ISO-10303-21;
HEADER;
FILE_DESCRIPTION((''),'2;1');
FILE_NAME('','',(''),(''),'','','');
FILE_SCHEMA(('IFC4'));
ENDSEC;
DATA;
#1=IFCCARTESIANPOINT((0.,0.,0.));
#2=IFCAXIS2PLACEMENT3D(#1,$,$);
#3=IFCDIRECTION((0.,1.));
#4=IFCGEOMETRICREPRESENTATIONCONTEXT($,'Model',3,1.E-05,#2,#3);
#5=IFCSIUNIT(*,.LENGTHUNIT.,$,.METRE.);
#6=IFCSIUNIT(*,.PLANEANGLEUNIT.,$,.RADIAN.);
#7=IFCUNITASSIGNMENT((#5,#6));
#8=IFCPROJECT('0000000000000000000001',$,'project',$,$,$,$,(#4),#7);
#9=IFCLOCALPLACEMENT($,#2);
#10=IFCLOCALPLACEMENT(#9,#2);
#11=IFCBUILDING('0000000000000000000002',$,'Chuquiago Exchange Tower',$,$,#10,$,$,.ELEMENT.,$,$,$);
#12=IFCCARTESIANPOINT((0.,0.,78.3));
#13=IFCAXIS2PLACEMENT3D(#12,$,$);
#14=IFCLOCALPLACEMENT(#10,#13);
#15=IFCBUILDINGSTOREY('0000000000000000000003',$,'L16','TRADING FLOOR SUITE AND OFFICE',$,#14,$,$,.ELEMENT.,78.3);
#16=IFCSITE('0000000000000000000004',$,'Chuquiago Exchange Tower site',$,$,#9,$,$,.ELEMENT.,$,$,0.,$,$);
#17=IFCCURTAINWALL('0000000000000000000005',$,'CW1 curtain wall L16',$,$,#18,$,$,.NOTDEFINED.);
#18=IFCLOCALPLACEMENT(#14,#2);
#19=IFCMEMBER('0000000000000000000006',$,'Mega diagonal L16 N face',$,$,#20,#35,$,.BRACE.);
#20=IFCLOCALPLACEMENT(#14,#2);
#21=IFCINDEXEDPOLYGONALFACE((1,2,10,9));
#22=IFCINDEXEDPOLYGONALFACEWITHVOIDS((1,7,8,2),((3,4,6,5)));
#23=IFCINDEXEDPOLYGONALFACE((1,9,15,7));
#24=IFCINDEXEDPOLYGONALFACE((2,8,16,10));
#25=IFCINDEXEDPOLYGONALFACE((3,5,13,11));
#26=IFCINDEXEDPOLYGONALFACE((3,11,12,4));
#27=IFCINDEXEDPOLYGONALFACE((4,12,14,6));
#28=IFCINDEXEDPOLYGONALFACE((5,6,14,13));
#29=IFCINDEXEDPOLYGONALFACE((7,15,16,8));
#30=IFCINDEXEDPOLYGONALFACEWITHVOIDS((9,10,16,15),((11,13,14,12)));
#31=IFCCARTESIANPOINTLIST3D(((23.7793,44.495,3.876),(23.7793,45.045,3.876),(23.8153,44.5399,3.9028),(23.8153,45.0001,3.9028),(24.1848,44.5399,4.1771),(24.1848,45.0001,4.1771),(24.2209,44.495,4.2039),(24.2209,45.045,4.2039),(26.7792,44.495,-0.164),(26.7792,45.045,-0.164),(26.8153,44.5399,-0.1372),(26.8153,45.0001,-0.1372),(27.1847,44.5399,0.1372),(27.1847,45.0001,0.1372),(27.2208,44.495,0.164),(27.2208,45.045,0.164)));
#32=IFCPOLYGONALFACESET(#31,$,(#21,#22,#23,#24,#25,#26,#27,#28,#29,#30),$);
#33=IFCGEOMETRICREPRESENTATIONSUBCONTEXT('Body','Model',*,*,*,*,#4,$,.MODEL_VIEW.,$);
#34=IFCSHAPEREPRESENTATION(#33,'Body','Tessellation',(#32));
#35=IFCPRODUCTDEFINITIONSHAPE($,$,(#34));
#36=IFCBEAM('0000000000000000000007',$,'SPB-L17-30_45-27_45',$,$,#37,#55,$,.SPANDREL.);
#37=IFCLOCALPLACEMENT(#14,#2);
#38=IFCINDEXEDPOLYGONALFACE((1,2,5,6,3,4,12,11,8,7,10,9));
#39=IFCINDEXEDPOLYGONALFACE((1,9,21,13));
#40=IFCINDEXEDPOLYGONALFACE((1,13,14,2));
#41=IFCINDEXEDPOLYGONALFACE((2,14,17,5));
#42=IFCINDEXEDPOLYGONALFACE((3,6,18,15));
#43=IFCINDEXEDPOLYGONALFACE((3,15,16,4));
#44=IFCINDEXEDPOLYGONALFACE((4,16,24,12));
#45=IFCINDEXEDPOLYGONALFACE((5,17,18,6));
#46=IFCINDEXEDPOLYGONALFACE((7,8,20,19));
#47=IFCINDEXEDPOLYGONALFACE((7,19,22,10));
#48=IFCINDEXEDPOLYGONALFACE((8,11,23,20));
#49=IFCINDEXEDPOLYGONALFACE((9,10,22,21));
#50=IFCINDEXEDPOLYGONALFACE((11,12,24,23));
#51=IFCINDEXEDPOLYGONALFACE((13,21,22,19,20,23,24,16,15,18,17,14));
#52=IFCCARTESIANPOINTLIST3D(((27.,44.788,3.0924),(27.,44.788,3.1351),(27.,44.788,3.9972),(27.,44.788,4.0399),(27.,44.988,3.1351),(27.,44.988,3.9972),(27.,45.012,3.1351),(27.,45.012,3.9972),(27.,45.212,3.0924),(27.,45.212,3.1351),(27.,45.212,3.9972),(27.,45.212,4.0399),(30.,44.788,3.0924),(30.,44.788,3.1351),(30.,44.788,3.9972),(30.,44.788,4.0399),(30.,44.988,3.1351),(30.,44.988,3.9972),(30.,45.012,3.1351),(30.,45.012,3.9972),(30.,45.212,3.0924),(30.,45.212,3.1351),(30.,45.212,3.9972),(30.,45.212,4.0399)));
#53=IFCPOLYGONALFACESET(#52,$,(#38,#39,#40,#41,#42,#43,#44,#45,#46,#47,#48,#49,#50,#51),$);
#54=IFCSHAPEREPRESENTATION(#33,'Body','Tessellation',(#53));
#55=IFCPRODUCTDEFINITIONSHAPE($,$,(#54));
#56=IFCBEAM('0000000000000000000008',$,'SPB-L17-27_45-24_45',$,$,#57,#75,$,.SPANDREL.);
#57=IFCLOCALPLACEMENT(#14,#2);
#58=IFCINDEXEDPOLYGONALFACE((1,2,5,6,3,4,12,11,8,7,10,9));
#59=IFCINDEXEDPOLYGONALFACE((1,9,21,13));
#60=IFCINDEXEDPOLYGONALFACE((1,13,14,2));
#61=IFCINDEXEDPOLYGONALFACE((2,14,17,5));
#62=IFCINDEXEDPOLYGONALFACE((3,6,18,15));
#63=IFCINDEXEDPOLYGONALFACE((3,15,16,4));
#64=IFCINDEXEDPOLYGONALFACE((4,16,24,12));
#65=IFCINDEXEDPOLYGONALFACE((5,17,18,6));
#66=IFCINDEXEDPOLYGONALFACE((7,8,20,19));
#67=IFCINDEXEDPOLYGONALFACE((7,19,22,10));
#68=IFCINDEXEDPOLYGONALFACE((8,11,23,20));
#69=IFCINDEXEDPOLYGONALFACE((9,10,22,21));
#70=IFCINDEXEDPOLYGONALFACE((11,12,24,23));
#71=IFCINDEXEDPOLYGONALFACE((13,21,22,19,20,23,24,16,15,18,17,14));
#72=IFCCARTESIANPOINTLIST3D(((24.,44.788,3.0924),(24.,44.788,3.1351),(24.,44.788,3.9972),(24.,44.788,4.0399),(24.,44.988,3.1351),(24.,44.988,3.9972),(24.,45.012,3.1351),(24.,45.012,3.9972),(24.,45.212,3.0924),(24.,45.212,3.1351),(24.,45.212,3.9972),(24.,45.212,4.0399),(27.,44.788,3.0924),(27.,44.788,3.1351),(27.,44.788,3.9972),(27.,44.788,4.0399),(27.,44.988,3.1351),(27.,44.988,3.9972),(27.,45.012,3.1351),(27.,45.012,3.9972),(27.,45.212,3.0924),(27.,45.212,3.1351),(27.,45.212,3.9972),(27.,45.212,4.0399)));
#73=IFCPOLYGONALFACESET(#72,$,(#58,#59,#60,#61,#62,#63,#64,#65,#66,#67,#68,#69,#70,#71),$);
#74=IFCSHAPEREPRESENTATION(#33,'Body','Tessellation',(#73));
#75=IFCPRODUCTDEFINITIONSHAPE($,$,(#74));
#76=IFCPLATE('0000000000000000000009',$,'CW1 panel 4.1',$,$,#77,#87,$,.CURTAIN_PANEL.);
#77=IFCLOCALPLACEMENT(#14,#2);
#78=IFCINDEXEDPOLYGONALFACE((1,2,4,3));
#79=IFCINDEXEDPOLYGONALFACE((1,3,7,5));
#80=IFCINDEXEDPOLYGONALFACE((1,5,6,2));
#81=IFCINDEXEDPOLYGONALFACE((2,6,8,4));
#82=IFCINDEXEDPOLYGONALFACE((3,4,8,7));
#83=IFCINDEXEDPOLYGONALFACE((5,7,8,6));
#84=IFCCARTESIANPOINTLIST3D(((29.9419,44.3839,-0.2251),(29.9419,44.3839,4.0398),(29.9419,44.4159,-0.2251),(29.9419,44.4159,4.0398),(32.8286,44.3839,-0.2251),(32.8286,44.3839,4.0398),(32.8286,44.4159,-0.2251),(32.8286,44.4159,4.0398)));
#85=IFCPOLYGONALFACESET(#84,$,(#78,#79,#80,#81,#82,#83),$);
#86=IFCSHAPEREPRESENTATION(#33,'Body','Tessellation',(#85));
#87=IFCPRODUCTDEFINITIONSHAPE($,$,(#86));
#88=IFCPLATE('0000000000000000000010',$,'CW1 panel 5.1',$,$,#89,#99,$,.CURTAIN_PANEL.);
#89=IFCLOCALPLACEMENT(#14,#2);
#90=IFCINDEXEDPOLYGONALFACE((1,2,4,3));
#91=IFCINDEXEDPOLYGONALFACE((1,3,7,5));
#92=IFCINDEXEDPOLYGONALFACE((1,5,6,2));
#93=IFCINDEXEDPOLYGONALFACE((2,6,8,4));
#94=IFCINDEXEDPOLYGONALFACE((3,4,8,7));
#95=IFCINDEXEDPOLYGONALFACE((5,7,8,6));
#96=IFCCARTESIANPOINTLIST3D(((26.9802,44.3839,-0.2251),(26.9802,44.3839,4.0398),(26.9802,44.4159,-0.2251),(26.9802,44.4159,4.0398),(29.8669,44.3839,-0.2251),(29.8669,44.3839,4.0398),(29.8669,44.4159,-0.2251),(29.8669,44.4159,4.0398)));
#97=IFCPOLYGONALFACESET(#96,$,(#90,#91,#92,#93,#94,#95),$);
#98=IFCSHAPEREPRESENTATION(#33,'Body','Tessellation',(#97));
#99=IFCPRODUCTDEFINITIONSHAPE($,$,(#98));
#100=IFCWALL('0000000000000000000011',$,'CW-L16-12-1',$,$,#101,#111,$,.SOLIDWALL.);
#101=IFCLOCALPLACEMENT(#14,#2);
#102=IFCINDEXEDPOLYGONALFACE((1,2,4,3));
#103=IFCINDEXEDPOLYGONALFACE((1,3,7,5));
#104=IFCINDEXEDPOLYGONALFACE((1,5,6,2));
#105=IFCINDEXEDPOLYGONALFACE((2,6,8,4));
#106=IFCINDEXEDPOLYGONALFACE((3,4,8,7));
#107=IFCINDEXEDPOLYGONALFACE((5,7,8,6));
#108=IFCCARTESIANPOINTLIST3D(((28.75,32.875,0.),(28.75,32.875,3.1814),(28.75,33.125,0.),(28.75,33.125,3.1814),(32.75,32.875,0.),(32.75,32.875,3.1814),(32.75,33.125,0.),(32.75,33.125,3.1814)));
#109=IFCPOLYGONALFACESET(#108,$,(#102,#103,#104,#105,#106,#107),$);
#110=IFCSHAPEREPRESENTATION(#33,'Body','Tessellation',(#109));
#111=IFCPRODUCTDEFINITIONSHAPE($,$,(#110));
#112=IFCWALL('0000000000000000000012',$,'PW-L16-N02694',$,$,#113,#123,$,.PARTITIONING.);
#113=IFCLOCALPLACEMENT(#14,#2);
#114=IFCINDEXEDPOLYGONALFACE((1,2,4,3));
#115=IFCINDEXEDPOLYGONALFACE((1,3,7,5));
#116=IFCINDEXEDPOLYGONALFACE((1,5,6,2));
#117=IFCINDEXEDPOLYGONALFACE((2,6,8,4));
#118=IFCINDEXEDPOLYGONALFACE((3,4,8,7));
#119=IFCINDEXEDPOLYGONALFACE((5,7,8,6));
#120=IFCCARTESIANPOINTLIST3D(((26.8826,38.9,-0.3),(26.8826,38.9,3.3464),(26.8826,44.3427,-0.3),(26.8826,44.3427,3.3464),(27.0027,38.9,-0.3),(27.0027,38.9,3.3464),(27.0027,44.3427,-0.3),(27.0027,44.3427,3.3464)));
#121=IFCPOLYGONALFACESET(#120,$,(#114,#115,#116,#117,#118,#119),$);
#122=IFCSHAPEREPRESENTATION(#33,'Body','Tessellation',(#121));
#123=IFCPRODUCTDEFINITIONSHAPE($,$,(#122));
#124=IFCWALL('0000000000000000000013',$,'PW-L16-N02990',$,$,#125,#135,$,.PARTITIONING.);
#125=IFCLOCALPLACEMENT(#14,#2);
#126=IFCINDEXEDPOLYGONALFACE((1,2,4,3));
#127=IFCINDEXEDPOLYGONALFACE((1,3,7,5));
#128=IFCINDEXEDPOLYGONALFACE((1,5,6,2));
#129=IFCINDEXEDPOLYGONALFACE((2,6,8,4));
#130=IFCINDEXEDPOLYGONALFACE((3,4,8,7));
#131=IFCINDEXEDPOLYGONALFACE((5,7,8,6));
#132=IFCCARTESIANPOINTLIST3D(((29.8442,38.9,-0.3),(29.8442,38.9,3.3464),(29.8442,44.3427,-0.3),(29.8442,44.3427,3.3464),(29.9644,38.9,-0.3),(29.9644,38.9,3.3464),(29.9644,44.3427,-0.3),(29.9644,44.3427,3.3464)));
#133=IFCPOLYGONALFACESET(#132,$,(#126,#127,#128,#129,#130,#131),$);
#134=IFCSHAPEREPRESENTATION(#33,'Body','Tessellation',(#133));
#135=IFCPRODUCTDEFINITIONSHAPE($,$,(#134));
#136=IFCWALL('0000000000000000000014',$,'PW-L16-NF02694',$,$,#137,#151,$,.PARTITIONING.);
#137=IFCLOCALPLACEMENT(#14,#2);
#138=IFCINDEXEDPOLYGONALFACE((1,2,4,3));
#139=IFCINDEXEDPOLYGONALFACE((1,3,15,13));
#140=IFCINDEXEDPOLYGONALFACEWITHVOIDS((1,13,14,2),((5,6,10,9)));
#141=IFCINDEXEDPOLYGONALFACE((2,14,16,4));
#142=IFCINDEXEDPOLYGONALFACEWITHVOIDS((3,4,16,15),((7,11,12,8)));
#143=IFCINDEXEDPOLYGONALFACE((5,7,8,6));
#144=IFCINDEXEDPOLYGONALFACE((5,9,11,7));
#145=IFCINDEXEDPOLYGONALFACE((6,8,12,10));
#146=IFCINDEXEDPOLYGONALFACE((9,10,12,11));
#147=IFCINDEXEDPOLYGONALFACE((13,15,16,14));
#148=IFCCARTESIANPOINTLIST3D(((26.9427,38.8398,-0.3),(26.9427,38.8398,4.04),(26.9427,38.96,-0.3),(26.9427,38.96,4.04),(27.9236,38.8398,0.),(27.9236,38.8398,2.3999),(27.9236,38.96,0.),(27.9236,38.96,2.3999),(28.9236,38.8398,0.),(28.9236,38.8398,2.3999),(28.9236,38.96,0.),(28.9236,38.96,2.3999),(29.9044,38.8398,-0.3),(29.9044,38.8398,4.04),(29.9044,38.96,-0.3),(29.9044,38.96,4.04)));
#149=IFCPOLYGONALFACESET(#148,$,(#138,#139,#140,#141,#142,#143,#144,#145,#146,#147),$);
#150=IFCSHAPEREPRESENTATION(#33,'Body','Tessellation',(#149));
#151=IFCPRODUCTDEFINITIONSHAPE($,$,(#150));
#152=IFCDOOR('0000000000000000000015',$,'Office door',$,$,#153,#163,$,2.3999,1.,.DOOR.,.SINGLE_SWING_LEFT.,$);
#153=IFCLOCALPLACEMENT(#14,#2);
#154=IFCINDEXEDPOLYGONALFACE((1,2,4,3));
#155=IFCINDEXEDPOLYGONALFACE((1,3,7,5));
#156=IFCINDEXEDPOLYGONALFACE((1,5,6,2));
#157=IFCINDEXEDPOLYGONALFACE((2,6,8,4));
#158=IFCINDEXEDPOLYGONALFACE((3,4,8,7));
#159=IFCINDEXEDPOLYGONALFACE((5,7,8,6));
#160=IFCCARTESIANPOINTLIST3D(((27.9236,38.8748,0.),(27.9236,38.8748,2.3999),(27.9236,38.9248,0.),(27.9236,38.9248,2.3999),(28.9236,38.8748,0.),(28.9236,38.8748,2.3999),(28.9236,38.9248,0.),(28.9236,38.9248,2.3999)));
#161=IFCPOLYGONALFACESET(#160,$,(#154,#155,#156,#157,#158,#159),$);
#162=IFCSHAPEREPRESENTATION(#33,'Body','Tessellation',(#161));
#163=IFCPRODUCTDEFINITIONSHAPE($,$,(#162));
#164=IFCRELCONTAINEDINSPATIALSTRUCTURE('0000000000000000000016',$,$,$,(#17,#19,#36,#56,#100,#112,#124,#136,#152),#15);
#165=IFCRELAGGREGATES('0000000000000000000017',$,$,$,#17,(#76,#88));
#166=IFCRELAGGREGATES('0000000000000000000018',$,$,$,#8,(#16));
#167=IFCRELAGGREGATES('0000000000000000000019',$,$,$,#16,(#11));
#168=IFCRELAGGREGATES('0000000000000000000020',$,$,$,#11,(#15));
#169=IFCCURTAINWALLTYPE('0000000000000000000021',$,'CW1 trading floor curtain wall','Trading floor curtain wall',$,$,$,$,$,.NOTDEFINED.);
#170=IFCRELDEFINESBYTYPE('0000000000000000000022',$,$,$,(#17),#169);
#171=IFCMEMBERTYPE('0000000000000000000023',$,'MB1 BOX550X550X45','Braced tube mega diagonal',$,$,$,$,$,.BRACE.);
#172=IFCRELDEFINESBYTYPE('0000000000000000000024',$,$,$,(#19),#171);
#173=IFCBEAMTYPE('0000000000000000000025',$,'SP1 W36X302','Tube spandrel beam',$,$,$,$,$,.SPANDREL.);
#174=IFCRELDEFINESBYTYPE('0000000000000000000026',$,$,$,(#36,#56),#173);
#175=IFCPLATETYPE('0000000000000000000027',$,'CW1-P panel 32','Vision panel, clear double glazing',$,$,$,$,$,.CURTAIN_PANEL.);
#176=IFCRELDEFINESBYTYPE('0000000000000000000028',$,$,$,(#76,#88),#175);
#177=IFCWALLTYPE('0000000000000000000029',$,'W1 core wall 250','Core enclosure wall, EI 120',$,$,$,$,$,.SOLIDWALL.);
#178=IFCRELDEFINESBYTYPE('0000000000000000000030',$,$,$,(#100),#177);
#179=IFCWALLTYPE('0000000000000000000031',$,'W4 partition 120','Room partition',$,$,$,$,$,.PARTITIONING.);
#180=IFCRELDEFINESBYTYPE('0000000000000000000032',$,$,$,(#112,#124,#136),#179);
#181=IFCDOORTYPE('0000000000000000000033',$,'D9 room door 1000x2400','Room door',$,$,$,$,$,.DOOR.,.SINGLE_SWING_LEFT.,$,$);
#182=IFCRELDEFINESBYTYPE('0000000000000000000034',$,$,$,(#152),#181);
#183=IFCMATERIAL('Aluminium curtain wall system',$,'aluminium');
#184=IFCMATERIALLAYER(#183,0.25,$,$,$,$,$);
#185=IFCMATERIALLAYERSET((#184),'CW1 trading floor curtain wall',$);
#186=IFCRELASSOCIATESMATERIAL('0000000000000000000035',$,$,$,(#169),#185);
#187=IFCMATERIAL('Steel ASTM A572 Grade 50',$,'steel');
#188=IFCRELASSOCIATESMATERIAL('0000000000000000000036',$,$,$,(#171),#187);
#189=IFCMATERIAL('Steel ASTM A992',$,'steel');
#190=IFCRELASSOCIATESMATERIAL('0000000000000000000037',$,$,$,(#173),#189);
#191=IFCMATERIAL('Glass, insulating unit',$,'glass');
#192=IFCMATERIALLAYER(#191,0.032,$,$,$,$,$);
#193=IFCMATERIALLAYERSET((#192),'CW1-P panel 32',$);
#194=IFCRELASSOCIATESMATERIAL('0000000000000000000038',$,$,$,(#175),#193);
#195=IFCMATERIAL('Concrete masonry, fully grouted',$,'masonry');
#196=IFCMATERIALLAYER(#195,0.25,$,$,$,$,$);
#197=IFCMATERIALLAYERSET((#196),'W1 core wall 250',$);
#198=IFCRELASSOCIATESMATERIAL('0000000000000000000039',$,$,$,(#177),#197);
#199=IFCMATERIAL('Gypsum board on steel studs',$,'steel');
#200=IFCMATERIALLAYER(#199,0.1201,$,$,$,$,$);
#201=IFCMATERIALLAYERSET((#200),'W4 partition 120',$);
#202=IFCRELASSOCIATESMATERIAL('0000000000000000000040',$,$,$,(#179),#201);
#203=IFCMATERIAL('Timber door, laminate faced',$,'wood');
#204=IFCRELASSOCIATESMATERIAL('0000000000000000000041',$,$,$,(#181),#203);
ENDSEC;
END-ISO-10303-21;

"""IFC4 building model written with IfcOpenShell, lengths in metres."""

from ifc_helpers import new_model, si_unit, direction, frame, frame_2d, origin, origin_2d, place, context, subcontext, project, spatial, rectangle, hollow_rectangle, i_section, extrude, material, layer, layer_set, material_profile, profile_set, type_object, element, fill, aggregate, save


model = new_model("IFC4")

# Units and contexts
model_context = context("Model", 3, precision=1e-05, world=origin(), true_north=direction((0.0, 1.0)))
body_context = subcontext(model_context, "Body", "Model", "MODEL_VIEW")
ifc_project = project(units=[si_unit("LENGTHUNIT", "METRE"), si_unit("PLANEANGLEUNIT", "RADIAN")], contexts=[model_context])

# Site, building, storey
site_placement = place(None, origin())
site = spatial("IfcSite", under=ifc_project, at=site_placement, Name="Chuquiago Exchange Tower site", CompositionType="ELEMENT", RefElevation=0.0)
building_placement = place(site_placement, origin())
building = spatial("IfcBuilding", under=site, at=building_placement, Name="Chuquiago Exchange Tower", CompositionType="ELEMENT")
storey_placement = place(building_placement, frame((0.0, 0.0, 78.3)))
storey = spatial("IfcBuildingStorey", under=building, at=storey_placement, Name="L16", Description="TRADING FLOOR SUITE AND OFFICE", CompositionType="ELEMENT", Elevation=78.3)

# Curtain wall
ifc_material_1 = material(Name="Aluminium curtain wall system", Category="aluminium")
ifc_layer_1 = layer(ifc_material_1, 0.25)
ifc_layer_set_1 = layer_set([ifc_layer_1], Name="CW1 trading floor curtain wall")
curtain_wall_type = type_object("IfcCurtainWallType", Name="CW1 trading floor curtain wall", Description="Trading floor curtain wall", PredefinedType="NOTDEFINED", material=ifc_layer_set_1)
curtain_wall_placement = place(storey_placement, origin())
curtain_wall = element("IfcCurtainWall", 1, at=curtain_wall_placement, inside=storey, type_object=curtain_wall_type, Name="CW1 curtain wall L16", PredefinedType="NOTDEFINED")

# Member
ifc_material_2 = material(Name="Steel ASTM A572 Grade 50", Category="steel")
ifc_material_profile_1 = material_profile(ifc_material_2, hollow_rectangle(XDim=0.55, YDim=0.55, WallThickness=0.0449, at=origin_2d()), Name="BOX550X550X45")
ifc_profile_set_1 = profile_set([ifc_material_profile_1], Name="Steel ASTM A572 Grade 50")
member_type_1 = type_object("IfcMemberType", Name="MB1 BOX550X550X45", Description="Braced tube mega diagonal", PredefinedType="BRACE", material=ifc_profile_set_1)
member_1_placement = place(storey_placement, frame((27.0, 44.77, 0.0), z_axis=(-0.596174, 0.0, 0.802855), x_axis=(0.0, -1.0, 0.0)))
element("IfcMember", 2, at=member_1_placement, inside=storey, type_object=member_type_1, Name="Mega diagonal L16 N face", PredefinedType="BRACE", context=body_context, shape_type="SweptSolid", body=[
    extrude(hollow_rectangle(XDim=0.55, YDim=0.55, WallThickness=0.0449, at=origin_2d()), origin(), (0.0, 0.0, 1.0), 5.032),
])

# Beams
ifc_material_3 = material(Name="Steel ASTM A992", Category="steel")
ifc_material_profile_2 = material_profile(ifc_material_3, i_section(OverallWidth=0.4241, OverallDepth=0.9475, WebThickness=0.0239, FlangeThickness=0.0427, at=origin_2d()), Name="W36X302")
ifc_profile_set_2 = profile_set([ifc_material_profile_2], Name="Steel ASTM A992")
beam_type_1 = type_object("IfcBeamType", Name="SP1 W36X302", Description="Tube spandrel beam", PredefinedType="SPANDREL", material=ifc_profile_set_2)
for number, where, z_axis, x_axis, name in (
    (3, (30.0, 45.0, 3.5662), (-1.0, 0.0, 0.0), (0.0, -1.0, 0.0), "SPB-L17-30_45-27_45"),
    (4, (27.0, 45.0, 3.5662), (-1.0, 0.0, 0.0), (0.0, -1.0, 0.0), "SPB-L17-27_45-24_45"),
):
    element("IfcBeam", number, at=place(storey_placement, frame(where, z_axis=z_axis, x_axis=x_axis)), inside=storey, type_object=beam_type_1, Name=name, PredefinedType="SPANDREL", context=body_context, shape_type="SweptSolid", body=[
        extrude(i_section(OverallWidth=0.4241, OverallDepth=0.9475, WebThickness=0.0239, FlangeThickness=0.0427, at=origin_2d()), origin(), (0.0, 0.0, 1.0), 3.0),
    ])

# Plates
ifc_material_4 = material(Name="Glass, insulating unit", Category="glass")
ifc_layer_2 = layer(ifc_material_4, 0.032)
ifc_layer_set_2 = layer_set([ifc_layer_2], Name="CW1-P panel 32")
plate_type = type_object("IfcPlateType", Name="CW1-P panel 32", Description="Vision panel, clear double glazing", PredefinedType="CURTAIN_PANEL", material=ifc_layer_set_2)
plate_1_placement = place(storey_placement, frame((31.3853, 44.3999, -0.2251), z_axis=(0.0, 0.0, 1.0), x_axis=(-1.0, 0.0, 0.0)))
plate_1 = element("IfcPlate", 5, at=plate_1_placement, type_object=plate_type, Name="CW1 panel 4.1", PredefinedType="CURTAIN_PANEL", context=body_context, shape_type="SweptSolid", body=[
    extrude(rectangle(XDim=2.8867, YDim=0.032, at=origin_2d()), origin(), (0.0, 0.0, 1.0), 4.2649),
])
plate_2_placement = place(storey_placement, frame((28.4236, 44.3999, -0.2251), z_axis=(0.0, 0.0, 1.0), x_axis=(-1.0, 0.0, 0.0)))
plate_2 = element("IfcPlate", 6, at=plate_2_placement, type_object=plate_type, Name="CW1 panel 5.1", PredefinedType="CURTAIN_PANEL", context=body_context, shape_type="SweptSolid", body=[
    extrude(rectangle(XDim=2.8867, YDim=0.032, at=origin_2d()), origin(), (0.0, 0.0, 1.0), 4.2649),
])
aggregate(curtain_wall, [plate_1, plate_2])

# Walls
ifc_material_5 = material(Name="Concrete masonry, fully grouted", Category="masonry")
ifc_layer_3 = layer(ifc_material_5, 0.25)
ifc_layer_set_3 = layer_set([ifc_layer_3], Name="W1 core wall 250")
wall_type_1 = type_object("IfcWallType", Name="W1 core wall 250", Description="Core enclosure wall, EI 120", PredefinedType="SOLIDWALL", material=ifc_layer_set_3)
wall_1_placement = place(storey_placement, frame((28.75, 33.0, 0.0), z_axis=(0.0, 0.0, 1.0), x_axis=(1.0, 0.0, 0.0)))
element("IfcWall", 7, at=wall_1_placement, inside=storey, type_object=wall_type_1, Name="CW-L16-12-1", PredefinedType="SOLIDWALL", context=body_context, shape_type="SweptSolid", body=[
    extrude(rectangle(XDim=4.0, YDim=0.25, at=frame_2d((2.0, 0.0))), origin(), (0.0, 0.0, 1.0), 3.1814),
])
ifc_material_6 = material(Name="Gypsum board on steel studs", Category="steel")
ifc_layer_4 = layer(ifc_material_6, 0.1201)
ifc_layer_set_4 = layer_set([ifc_layer_4], Name="W4 partition 120")
wall_type_2 = type_object("IfcWallType", Name="W4 partition 120", Description="Room partition", PredefinedType="PARTITIONING", material=ifc_layer_set_4)
for number, where, z_axis, x_axis, name in (
    (8, (26.9426, 44.3425, -0.3), (0.0, 0.0, 1.0), (0.0, -1.0, 0.0), "PW-L16-N02694"),
    (9, (29.9043, 44.3425, -0.3), (0.0, 0.0, 1.0), (0.0, -1.0, 0.0), "PW-L16-N02990"),
):
    element("IfcWall", number, at=place(storey_placement, frame(where, z_axis=z_axis, x_axis=x_axis)), inside=storey, type_object=wall_type_2, Name=name, PredefinedType="PARTITIONING", context=body_context, shape_type="SweptSolid", body=[
        extrude(rectangle(XDim=5.4426, YDim=0.1201, at=frame_2d((2.7212, 0.0))), origin(), (0.0, 0.0, 1.0), 3.6465),
    ])

# Wall, opening, door
wall_2_placement = place(storey_placement, frame((26.9426, 38.8999, -0.3), z_axis=(0.0, 0.0, 1.0), x_axis=(1.0, 0.0, 0.0)))
wall_2 = element("IfcWall", 10, at=wall_2_placement, inside=storey, type_object=wall_type_2, Name="PW-L16-NF02694", PredefinedType="PARTITIONING", context=body_context, shape_type="SweptSolid", body=[
    extrude(rectangle(XDim=2.9617, YDim=0.1201, at=frame_2d((1.481, 0.0))), origin(), (0.0, 0.0, 1.0), 4.3401),
])
opening_1_placement = place(wall_2_placement, frame((0.981, 0.0, 0.3)))
opening_1 = element("IfcOpeningElement", 11, at=opening_1_placement, cuts=wall_2, PredefinedType="OPENING", context=body_context, shape_type="SweptSolid", body=[
    extrude(rectangle(XDim=1.0, YDim=2.3999, at=frame_2d((0.5, 1.2))), frame((0.0, 0.0701, 0.0), z_axis=(0.0, -1.0, 0.0), x_axis=(1.0, 0.0, 0.0)), (0.0, 0.0, 1.0), 0.1401),
])
ifc_material_7 = material(Name="Timber door, laminate faced", Category="wood")
door_type_1 = type_object("IfcDoorType", Name="D9 room door 1000x2400", Description="Room door", OperationType="SINGLE_SWING_LEFT", PredefinedType="DOOR", material=ifc_material_7)
door_1_placement = place(opening_1_placement, origin())
door_1 = element("IfcDoor", 12, at=door_1_placement, inside=storey, type_object=door_type_1, Name="Office door", OperationType="SINGLE_SWING_LEFT", OverallHeight=2.3999, OverallWidth=1.0, PredefinedType="DOOR", context=body_context, shape_type="SweptSolid", body=[
    extrude(rectangle(XDim=1.0, YDim=2.3999, at=frame_2d((0.5, 1.2))), frame((0.0, 0.0249, 0.0), z_axis=(0.0, -1.0, 0.0), x_axis=(1.0, 0.0, 0.0)), (0.0, 0.0, 1.0), 0.05),
])
fill(opening_1, door_1)

save(model, "model.ifc")
